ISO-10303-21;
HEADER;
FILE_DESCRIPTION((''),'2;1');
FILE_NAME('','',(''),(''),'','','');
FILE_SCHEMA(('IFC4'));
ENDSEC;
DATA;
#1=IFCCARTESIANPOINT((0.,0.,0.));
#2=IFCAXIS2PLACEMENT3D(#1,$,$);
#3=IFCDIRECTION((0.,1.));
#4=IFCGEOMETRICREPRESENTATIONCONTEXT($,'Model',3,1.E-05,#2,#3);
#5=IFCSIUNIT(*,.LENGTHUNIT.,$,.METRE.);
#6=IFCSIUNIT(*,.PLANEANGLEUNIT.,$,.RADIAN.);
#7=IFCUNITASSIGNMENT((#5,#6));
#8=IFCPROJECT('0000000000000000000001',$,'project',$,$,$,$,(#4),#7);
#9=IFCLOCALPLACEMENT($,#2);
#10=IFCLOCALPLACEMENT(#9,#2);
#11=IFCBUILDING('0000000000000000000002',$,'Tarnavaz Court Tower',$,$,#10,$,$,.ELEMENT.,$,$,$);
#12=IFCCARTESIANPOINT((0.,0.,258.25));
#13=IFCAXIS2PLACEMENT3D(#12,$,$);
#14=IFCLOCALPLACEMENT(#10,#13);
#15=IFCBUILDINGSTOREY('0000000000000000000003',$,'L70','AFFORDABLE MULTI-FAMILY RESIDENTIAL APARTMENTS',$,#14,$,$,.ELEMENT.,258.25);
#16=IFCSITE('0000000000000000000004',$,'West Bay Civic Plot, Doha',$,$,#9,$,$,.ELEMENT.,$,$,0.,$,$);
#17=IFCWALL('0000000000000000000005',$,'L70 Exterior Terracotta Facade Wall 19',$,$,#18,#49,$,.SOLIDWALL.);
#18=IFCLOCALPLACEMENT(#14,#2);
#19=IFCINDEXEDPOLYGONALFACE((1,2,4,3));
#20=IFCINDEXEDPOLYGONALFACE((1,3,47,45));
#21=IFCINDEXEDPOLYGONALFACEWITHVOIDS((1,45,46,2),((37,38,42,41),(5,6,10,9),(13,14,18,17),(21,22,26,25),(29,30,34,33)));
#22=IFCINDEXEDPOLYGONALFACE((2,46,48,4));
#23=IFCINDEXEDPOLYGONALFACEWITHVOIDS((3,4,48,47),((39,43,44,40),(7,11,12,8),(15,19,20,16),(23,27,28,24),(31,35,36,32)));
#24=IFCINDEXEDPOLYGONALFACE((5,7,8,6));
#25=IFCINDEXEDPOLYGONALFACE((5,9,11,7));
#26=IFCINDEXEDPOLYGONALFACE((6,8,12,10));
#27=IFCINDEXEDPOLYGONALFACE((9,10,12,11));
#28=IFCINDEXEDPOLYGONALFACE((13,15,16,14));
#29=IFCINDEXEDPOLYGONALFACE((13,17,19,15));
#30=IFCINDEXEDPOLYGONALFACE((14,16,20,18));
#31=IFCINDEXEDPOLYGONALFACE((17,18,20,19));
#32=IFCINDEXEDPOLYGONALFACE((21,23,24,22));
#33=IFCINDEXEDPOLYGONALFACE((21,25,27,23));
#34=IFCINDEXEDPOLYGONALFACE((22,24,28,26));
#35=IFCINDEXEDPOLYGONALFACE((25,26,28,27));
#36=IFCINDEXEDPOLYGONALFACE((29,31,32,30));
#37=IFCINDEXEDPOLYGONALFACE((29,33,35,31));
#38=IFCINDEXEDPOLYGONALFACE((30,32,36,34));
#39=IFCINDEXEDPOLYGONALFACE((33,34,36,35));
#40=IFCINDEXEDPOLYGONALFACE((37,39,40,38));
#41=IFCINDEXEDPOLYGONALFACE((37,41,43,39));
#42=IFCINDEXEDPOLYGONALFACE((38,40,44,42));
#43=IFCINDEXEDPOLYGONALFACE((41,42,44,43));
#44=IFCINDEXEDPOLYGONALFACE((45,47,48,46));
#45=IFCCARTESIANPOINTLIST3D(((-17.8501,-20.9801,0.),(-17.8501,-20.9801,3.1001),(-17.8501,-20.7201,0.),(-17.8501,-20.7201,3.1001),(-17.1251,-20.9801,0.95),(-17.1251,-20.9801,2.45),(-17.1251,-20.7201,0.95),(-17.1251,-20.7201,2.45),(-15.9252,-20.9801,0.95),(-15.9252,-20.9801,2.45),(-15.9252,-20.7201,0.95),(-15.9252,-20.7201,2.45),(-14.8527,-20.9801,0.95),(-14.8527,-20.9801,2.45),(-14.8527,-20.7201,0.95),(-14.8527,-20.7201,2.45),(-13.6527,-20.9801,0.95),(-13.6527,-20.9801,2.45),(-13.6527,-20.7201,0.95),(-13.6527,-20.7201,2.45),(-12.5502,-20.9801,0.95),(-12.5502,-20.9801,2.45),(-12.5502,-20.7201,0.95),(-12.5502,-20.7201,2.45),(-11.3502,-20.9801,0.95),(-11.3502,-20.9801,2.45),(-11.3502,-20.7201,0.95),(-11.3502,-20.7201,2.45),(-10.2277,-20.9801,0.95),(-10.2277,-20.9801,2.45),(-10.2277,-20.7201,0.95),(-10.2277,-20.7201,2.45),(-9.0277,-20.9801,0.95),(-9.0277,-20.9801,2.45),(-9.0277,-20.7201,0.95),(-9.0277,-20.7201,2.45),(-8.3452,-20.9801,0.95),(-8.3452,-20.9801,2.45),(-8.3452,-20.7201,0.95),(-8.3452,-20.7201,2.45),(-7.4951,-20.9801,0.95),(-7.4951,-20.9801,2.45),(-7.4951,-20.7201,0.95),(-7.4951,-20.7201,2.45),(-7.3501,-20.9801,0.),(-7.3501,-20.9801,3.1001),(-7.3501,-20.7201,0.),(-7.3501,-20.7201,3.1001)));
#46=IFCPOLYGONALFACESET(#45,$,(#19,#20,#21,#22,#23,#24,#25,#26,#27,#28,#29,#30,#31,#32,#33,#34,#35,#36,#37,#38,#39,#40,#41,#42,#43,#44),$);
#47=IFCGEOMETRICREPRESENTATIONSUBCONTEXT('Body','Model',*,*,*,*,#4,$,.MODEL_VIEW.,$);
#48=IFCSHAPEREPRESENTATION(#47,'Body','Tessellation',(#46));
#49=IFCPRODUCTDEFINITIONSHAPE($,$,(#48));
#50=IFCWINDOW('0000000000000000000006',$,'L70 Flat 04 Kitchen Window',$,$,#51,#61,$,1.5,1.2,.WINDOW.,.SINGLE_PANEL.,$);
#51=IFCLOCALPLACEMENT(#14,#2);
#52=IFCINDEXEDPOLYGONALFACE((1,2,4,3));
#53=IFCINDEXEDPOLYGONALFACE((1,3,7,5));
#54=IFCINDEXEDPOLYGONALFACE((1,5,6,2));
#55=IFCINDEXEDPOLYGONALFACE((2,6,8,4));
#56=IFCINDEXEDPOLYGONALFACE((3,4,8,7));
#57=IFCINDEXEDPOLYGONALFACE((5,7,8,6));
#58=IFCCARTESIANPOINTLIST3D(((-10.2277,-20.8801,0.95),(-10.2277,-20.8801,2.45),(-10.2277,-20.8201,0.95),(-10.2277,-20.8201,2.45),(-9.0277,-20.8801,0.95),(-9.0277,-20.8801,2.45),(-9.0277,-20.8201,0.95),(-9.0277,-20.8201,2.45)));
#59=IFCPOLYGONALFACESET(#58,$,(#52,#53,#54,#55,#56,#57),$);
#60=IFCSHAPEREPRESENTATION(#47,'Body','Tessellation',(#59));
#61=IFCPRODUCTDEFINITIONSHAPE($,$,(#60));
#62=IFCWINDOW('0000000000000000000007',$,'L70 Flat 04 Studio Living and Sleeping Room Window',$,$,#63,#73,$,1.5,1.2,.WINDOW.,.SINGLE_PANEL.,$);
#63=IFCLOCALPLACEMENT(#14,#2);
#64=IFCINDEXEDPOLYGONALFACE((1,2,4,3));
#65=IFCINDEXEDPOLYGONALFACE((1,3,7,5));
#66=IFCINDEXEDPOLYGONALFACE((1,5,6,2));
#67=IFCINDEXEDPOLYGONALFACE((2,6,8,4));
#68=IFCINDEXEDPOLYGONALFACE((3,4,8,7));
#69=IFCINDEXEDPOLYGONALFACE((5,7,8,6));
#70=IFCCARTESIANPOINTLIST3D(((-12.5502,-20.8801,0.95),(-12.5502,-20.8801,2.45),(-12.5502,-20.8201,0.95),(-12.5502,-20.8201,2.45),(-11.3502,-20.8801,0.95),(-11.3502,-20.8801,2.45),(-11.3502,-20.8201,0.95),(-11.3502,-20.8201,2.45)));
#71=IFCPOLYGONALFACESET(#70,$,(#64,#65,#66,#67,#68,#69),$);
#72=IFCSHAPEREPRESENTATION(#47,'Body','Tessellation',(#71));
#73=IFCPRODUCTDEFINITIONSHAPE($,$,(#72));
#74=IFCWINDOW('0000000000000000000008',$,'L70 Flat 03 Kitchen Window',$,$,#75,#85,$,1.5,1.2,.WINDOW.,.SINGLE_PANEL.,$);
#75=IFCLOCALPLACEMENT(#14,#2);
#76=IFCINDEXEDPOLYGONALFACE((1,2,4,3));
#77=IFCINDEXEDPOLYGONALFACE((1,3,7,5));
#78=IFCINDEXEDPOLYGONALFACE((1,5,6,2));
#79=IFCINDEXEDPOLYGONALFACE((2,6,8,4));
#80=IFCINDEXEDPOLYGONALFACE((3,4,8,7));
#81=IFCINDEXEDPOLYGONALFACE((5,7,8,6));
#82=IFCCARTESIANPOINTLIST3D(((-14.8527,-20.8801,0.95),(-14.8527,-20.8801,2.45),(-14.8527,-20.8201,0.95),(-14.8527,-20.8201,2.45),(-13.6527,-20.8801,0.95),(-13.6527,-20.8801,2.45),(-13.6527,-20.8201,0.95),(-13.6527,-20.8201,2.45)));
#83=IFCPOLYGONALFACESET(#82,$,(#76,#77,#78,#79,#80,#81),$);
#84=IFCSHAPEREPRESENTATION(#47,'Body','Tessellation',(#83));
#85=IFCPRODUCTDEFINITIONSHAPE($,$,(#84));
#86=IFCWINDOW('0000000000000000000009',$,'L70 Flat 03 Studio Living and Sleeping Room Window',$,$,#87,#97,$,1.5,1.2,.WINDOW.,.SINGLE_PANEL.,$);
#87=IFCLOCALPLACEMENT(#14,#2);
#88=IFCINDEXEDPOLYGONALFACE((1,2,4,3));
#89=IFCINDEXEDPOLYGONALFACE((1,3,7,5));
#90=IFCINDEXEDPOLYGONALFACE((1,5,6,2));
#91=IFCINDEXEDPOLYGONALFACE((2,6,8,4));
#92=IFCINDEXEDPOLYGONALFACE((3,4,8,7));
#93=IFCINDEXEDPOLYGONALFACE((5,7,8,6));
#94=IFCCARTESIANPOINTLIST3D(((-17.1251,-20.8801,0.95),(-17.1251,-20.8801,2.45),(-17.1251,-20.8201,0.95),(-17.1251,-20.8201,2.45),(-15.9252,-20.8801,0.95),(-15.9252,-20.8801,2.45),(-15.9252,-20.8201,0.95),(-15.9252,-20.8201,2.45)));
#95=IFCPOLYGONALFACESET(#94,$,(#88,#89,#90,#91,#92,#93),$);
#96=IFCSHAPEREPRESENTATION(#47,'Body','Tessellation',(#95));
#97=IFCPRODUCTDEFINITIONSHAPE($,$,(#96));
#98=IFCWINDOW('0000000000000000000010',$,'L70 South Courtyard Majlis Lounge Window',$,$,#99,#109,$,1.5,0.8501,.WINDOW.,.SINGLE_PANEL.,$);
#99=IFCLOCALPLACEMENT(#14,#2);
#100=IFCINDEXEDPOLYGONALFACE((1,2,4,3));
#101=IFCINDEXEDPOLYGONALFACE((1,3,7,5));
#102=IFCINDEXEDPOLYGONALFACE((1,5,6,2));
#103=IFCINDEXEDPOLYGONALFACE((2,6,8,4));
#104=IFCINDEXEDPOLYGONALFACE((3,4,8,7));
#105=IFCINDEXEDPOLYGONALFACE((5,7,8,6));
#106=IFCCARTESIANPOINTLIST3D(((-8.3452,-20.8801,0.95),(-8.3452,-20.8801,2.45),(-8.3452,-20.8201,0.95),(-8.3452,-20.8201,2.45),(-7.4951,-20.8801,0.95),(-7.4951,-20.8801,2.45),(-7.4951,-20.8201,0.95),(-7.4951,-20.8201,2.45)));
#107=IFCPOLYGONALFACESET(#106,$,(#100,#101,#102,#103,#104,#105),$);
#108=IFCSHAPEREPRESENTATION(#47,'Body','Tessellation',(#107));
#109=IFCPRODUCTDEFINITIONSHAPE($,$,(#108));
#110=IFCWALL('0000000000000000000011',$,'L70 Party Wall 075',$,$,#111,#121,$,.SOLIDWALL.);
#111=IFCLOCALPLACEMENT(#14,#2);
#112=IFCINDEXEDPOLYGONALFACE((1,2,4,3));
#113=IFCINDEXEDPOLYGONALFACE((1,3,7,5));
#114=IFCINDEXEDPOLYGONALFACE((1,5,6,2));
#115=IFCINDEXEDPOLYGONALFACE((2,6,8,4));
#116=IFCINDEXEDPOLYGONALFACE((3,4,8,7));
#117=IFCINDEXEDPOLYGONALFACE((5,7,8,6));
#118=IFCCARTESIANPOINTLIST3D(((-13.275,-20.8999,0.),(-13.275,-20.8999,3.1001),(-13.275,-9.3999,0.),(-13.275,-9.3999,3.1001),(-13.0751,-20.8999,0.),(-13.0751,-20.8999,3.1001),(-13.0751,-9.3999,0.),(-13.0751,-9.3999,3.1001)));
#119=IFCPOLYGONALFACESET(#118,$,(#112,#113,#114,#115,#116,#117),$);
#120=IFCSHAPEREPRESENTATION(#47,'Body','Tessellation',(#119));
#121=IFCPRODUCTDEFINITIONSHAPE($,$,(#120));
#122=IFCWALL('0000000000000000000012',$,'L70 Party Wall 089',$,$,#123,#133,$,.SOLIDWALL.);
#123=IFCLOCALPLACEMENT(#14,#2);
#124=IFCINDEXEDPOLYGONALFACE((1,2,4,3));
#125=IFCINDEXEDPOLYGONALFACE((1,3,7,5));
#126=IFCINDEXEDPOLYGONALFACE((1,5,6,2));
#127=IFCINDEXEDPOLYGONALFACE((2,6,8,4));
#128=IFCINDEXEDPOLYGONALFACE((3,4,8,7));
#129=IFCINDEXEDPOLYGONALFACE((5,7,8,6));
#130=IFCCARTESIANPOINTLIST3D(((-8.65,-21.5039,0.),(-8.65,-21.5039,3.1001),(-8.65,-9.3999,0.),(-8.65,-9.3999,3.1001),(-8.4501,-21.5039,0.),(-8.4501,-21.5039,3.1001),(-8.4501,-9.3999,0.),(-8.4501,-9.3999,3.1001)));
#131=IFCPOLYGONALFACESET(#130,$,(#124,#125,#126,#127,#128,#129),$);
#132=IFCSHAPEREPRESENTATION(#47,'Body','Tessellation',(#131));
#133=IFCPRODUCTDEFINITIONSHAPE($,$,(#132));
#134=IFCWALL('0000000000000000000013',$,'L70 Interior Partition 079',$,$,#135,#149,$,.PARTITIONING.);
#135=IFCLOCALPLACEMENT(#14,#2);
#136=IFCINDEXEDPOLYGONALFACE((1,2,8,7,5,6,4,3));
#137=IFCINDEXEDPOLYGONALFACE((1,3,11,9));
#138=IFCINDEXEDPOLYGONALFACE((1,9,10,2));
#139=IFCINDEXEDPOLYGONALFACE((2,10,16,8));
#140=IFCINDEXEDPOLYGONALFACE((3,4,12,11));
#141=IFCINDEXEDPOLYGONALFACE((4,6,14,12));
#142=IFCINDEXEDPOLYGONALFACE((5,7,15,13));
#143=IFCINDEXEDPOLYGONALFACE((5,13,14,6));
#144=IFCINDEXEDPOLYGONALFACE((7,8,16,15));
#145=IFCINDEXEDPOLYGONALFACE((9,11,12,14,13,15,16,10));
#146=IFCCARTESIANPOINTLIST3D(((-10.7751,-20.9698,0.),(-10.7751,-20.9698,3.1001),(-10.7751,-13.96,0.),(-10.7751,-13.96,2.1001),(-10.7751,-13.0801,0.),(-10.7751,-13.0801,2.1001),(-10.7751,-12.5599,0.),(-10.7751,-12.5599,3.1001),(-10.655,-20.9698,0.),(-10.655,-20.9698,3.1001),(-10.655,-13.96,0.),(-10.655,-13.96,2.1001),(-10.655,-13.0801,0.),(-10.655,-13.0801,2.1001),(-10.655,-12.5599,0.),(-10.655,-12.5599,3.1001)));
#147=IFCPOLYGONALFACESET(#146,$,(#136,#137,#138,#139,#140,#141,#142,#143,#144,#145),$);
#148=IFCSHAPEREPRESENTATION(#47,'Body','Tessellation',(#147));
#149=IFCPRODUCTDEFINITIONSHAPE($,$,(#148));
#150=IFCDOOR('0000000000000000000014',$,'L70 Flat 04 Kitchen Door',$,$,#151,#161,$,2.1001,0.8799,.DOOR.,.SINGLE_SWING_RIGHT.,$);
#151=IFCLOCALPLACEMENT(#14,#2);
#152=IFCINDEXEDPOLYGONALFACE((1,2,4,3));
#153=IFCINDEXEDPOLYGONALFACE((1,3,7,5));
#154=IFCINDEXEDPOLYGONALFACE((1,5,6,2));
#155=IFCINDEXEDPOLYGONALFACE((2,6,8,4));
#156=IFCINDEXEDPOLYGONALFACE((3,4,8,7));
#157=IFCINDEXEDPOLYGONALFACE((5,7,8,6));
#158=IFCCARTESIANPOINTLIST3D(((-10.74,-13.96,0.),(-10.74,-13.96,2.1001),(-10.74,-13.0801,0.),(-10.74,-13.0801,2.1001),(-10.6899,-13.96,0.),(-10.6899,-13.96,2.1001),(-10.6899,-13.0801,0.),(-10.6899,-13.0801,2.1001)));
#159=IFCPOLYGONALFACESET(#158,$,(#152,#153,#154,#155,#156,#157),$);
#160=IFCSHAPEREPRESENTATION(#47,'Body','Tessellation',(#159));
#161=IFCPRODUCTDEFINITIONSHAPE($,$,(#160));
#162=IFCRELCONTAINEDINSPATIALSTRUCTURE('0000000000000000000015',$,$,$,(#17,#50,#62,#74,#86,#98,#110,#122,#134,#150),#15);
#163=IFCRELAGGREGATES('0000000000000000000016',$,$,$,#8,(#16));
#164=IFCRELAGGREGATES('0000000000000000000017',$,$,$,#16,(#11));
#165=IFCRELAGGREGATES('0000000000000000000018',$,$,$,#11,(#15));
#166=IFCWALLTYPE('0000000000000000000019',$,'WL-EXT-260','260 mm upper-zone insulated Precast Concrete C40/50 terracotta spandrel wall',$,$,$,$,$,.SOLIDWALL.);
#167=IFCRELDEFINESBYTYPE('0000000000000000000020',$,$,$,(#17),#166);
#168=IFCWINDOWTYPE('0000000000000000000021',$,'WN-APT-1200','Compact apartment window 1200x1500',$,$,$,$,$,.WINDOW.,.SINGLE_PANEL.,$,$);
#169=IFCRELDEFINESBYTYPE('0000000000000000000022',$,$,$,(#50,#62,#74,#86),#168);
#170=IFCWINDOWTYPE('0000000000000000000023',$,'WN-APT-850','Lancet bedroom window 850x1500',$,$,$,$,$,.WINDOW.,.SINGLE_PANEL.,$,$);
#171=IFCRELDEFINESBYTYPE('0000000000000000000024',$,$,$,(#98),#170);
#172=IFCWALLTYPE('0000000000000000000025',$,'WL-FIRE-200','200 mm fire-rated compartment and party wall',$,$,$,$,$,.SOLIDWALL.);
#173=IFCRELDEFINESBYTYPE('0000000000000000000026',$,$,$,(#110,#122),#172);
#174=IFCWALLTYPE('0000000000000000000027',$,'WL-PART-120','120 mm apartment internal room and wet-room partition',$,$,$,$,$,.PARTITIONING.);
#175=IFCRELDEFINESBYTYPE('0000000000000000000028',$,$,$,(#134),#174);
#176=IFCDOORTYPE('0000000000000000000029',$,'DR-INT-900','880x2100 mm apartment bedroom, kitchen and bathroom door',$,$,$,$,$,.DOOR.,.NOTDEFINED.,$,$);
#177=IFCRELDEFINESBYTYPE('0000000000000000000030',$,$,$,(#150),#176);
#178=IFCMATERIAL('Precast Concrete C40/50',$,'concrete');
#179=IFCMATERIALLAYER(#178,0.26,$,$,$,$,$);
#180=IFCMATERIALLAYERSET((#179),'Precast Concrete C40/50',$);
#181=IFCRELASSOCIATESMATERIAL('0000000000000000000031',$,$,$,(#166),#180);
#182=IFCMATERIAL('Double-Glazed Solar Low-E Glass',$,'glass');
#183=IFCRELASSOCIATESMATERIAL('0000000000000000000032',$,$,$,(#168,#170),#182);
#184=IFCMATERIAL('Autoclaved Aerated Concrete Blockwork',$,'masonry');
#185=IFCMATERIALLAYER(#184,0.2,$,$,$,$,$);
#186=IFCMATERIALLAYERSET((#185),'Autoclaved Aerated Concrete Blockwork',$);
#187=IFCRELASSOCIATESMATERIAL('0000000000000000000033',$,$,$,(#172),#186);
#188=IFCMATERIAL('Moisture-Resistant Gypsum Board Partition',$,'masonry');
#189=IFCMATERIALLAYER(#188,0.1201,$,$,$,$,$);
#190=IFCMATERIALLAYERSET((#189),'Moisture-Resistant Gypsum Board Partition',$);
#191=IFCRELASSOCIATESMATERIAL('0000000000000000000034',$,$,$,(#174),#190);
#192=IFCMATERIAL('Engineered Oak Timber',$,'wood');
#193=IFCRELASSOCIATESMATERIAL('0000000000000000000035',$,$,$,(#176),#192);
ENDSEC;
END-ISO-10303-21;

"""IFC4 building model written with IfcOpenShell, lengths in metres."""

from ifc_helpers import new_model, si_unit, direction, frame, frame_2d, origin, place, context, subcontext, project, spatial, rectangle, extrude, material, layer, layer_set, type_object, element, fill, save


model = new_model("IFC4")

# Units and contexts
model_context = context("Model", 3, precision=1e-05, world=origin(), true_north=direction((0.0, 1.0)))
body_context = subcontext(model_context, "Body", "Model", "MODEL_VIEW")
ifc_project = project(units=[si_unit("LENGTHUNIT", "METRE"), si_unit("PLANEANGLEUNIT", "RADIAN")], contexts=[model_context])

# Site, building, storey
site_placement = place(None, origin())
site = spatial("IfcSite", under=ifc_project, at=site_placement, Name="West Bay Civic Plot, Doha", CompositionType="ELEMENT", RefElevation=0.0)
building_placement = place(site_placement, origin())
building = spatial("IfcBuilding", under=site, at=building_placement, Name="Tarnavaz Court Tower", CompositionType="ELEMENT")
storey_placement = place(building_placement, frame((0.0, 0.0, 258.25)))
storey = spatial("IfcBuildingStorey", under=building, at=storey_placement, Name="L70", Description="AFFORDABLE MULTI-FAMILY RESIDENTIAL APARTMENTS", CompositionType="ELEMENT", Elevation=258.25)

# Shared definitions
ifc_material_1 = material(Name="Double-Glazed Solar Low-E Glass", Category="glass")

# Shared definitions
ifc_material_2 = material(Name="Precast Concrete C40/50", Category="concrete")
ifc_layer_1 = layer(ifc_material_2, 0.26)
ifc_layer_set_1 = layer_set([ifc_layer_1], Name="Precast Concrete C40/50")
wall_type_1 = type_object("IfcWallType", Name="WL-EXT-260", Description="260 mm upper-zone insulated Precast Concrete C40/50 terracotta spandrel wall", PredefinedType="SOLIDWALL", material=ifc_layer_set_1)
window_type_1 = type_object("IfcWindowType", Name="WN-APT-1200", Description="Compact apartment window 1200x1500", PartitioningType="SINGLE_PANEL", PredefinedType="WINDOW", material=ifc_material_1)

# Wall, openings, windows
wall_1_placement = place(storey_placement, frame((-7.3501, -20.8501, 0.0), z_axis=(0.0, 0.0, 1.0), x_axis=(-1.0, 0.0, 0.0)))
wall_1 = element("IfcWall", 1, at=wall_1_placement, inside=storey, type_object=wall_type_1, Name="L70 Exterior Terracotta Facade Wall 19", PredefinedType="SOLIDWALL", context=body_context, shape_type="SweptSolid", body=[
    extrude(rectangle(XDim=10.5, YDim=0.26, at=frame_2d((5.25, 0.0))), origin(), (0.0, 0.0, 1.0), 3.1001),
])
opening_1_placement = place(wall_1_placement, frame((0.145, 0.0, 0.95)))
opening_1 = element("IfcOpeningElement", 2, at=opening_1_placement, cuts=wall_1, PredefinedType="OPENING", context=body_context, shape_type="SweptSolid", body=[
    extrude(rectangle(XDim=0.8501, YDim=1.5, at=frame_2d((0.425, 0.75))), frame((0.0, 0.1399, 0.0), z_axis=(0.0, -1.0, 0.0), x_axis=(1.0, 0.0, 0.0)), (0.0, 0.0, 1.0), 0.28),
])
opening_2_placement = place(wall_1_placement, frame((1.6775, 0.0, 0.95)))
opening_2 = element("IfcOpeningElement", 3, at=opening_2_placement, cuts=wall_1, PredefinedType="OPENING", context=body_context, shape_type="SweptSolid", body=[
    extrude(rectangle(XDim=1.2, YDim=1.5, at=frame_2d((0.6001, 0.75))), frame((0.0, 0.1399, 0.0), z_axis=(0.0, -1.0, 0.0), x_axis=(1.0, 0.0, 0.0)), (0.0, 0.0, 1.0), 0.28),
])
opening_3_placement = place(wall_1_placement, frame((4.0, 0.0, 0.95)))
opening_3 = element("IfcOpeningElement", 4, at=opening_3_placement, cuts=wall_1, PredefinedType="OPENING", context=body_context, shape_type="SweptSolid", body=[
    extrude(rectangle(XDim=1.2, YDim=1.5, at=frame_2d((0.6001, 0.75))), frame((0.0, 0.1399, 0.0), z_axis=(0.0, -1.0, 0.0), x_axis=(1.0, 0.0, 0.0)), (0.0, 0.0, 1.0), 0.28),
])
opening_4_placement = place(wall_1_placement, frame((6.3025, 0.0, 0.95)))
opening_4 = element("IfcOpeningElement", 5, at=opening_4_placement, cuts=wall_1, PredefinedType="OPENING", context=body_context, shape_type="SweptSolid", body=[
    extrude(rectangle(XDim=1.2, YDim=1.5, at=frame_2d((0.6001, 0.75))), frame((0.0, 0.1399, 0.0), z_axis=(0.0, -1.0, 0.0), x_axis=(1.0, 0.0, 0.0)), (0.0, 0.0, 1.0), 0.28),
])
opening_5_placement = place(wall_1_placement, frame((8.575, 0.0, 0.95)))
opening_5 = element("IfcOpeningElement", 6, at=opening_5_placement, cuts=wall_1, PredefinedType="OPENING", context=body_context, shape_type="SweptSolid", body=[
    extrude(rectangle(XDim=1.2, YDim=1.5, at=frame_2d((0.6001, 0.75))), frame((0.0, 0.1399, 0.0), z_axis=(0.0, -1.0, 0.0), x_axis=(1.0, 0.0, 0.0)), (0.0, 0.0, 1.0), 0.28),
])
window_1_placement = place(opening_2_placement, origin())
window_1 = element("IfcWindow", 7, at=window_1_placement, inside=storey, type_object=window_type_1, Name="L70 Flat 04 Kitchen Window", OverallHeight=1.5, OverallWidth=1.2, PartitioningType="SINGLE_PANEL", PredefinedType="WINDOW", context=body_context, shape_type="SweptSolid", body=[
    extrude(rectangle(XDim=1.2, YDim=1.5, at=frame_2d((0.6001, 0.75))), frame((0.0, 0.03, 0.0), z_axis=(0.0, -1.0, 0.0), x_axis=(1.0, 0.0, 0.0)), (0.0, 0.0, 1.0), 0.0601),
])
fill(opening_2, window_1)
window_2_placement = place(opening_3_placement, origin())
window_2 = element("IfcWindow", 8, at=window_2_placement, inside=storey, type_object=window_type_1, Name="L70 Flat 04 Studio Living and Sleeping Room Window", OverallHeight=1.5, OverallWidth=1.2, PartitioningType="SINGLE_PANEL", PredefinedType="WINDOW", context=body_context, shape_type="SweptSolid", body=[
    extrude(rectangle(XDim=1.2, YDim=1.5, at=frame_2d((0.6001, 0.75))), frame((0.0, 0.03, 0.0), z_axis=(0.0, -1.0, 0.0), x_axis=(1.0, 0.0, 0.0)), (0.0, 0.0, 1.0), 0.0601),
])
fill(opening_3, window_2)
window_3_placement = place(opening_4_placement, origin())
window_3 = element("IfcWindow", 9, at=window_3_placement, inside=storey, type_object=window_type_1, Name="L70 Flat 03 Kitchen Window", OverallHeight=1.5, OverallWidth=1.2, PartitioningType="SINGLE_PANEL", PredefinedType="WINDOW", context=body_context, shape_type="SweptSolid", body=[
    extrude(rectangle(XDim=1.2, YDim=1.5, at=frame_2d((0.6001, 0.75))), frame((0.0, 0.03, 0.0), z_axis=(0.0, -1.0, 0.0), x_axis=(1.0, 0.0, 0.0)), (0.0, 0.0, 1.0), 0.0601),
])
fill(opening_4, window_3)
window_4_placement = place(opening_5_placement, origin())
window_4 = element("IfcWindow", 10, at=window_4_placement, inside=storey, type_object=window_type_1, Name="L70 Flat 03 Studio Living and Sleeping Room Window", OverallHeight=1.5, OverallWidth=1.2, PartitioningType="SINGLE_PANEL", PredefinedType="WINDOW", context=body_context, shape_type="SweptSolid", body=[
    extrude(rectangle(XDim=1.2, YDim=1.5, at=frame_2d((0.6001, 0.75))), frame((0.0, 0.03, 0.0), z_axis=(0.0, -1.0, 0.0), x_axis=(1.0, 0.0, 0.0)), (0.0, 0.0, 1.0), 0.0601),
])
fill(opening_5, window_4)
window_type_2 = type_object("IfcWindowType", Name="WN-APT-850", Description="Lancet bedroom window 850x1500", PartitioningType="SINGLE_PANEL", PredefinedType="WINDOW", material=ifc_material_1)
window_5_placement = place(opening_1_placement, origin())
window_5 = element("IfcWindow", 11, at=window_5_placement, inside=storey, type_object=window_type_2, Name="L70 South Courtyard Majlis Lounge Window", OverallHeight=1.5, OverallWidth=0.8501, PartitioningType="SINGLE_PANEL", PredefinedType="WINDOW", context=body_context, shape_type="SweptSolid", body=[
    extrude(rectangle(XDim=0.8501, YDim=1.5, at=frame_2d((0.425, 0.75))), frame((0.0, 0.03, 0.0), z_axis=(0.0, -1.0, 0.0), x_axis=(1.0, 0.0, 0.0)), (0.0, 0.0, 1.0), 0.0601),
])
fill(opening_1, window_5)

# Walls
ifc_material_3 = material(Name="Autoclaved Aerated Concrete Blockwork", Category="masonry")
ifc_layer_2 = layer(ifc_material_3, 0.2)
ifc_layer_set_2 = layer_set([ifc_layer_2], Name="Autoclaved Aerated Concrete Blockwork")
wall_type_2 = type_object("IfcWallType", Name="WL-FIRE-200", Description="200 mm fire-rated compartment and party wall", PredefinedType="SOLIDWALL", material=ifc_layer_set_2)
wall_2_placement = place(storey_placement, frame((-13.175, -20.8999, 0.0), z_axis=(0.0, 0.0, 1.0), x_axis=(0.0, 1.0, 0.0)))
element("IfcWall", 12, at=wall_2_placement, inside=storey, type_object=wall_type_2, Name="L70 Party Wall 075", PredefinedType="SOLIDWALL", context=body_context, shape_type="SweptSolid", body=[
    extrude(rectangle(XDim=11.5, YDim=0.2, at=frame_2d((5.75, 0.0))), origin(), (0.0, 0.0, 1.0), 3.1001),
])
wall_3_placement = place(storey_placement, frame((-8.55, -21.5039, 0.0), z_axis=(0.0, 0.0, 1.0), x_axis=(0.0, 1.0, 0.0)))
element("IfcWall", 13, at=wall_3_placement, inside=storey, type_object=wall_type_2, Name="L70 Party Wall 089", PredefinedType="SOLIDWALL", context=body_context, shape_type="SweptSolid", body=[
    extrude(rectangle(XDim=12.104, YDim=0.2, at=frame_2d((6.052, 0.0))), origin(), (0.0, 0.0, 1.0), 3.1001),
])

# Wall, opening, door
ifc_material_4 = material(Name="Moisture-Resistant Gypsum Board Partition", Category="masonry")
ifc_layer_3 = layer(ifc_material_4, 0.1201)
ifc_layer_set_3 = layer_set([ifc_layer_3], Name="Moisture-Resistant Gypsum Board Partition")
wall_type_3 = type_object("IfcWallType", Name="WL-PART-120", Description="120 mm apartment internal room and wet-room partition", PredefinedType="PARTITIONING", material=ifc_layer_set_3)
wall_4_placement = place(storey_placement, frame((-10.7151, -20.97, 0.0), z_axis=(0.0, 0.0, 1.0), x_axis=(0.0, 1.0, 0.0)))
wall_4 = element("IfcWall", 14, at=wall_4_placement, inside=storey, type_object=wall_type_3, Name="L70 Interior Partition 079", PredefinedType="PARTITIONING", context=body_context, shape_type="SweptSolid", body=[
    extrude(rectangle(XDim=8.4099, YDim=0.1201, at=frame_2d((4.2051, 0.0))), origin(), (0.0, 0.0, 1.0), 3.1001),
])
opening_6_placement = place(wall_4_placement, frame((7.01, 0.0, 0.0)))
opening_6 = element("IfcOpeningElement", 15, at=opening_6_placement, cuts=wall_4, PredefinedType="OPENING", context=body_context, shape_type="SweptSolid", body=[
    extrude(rectangle(XDim=0.8799, YDim=2.1001, at=frame_2d((0.4399, 1.05))), frame((0.0, 0.0701, 0.0), z_axis=(0.0, -1.0, 0.0), x_axis=(1.0, 0.0, 0.0)), (0.0, 0.0, 1.0), 0.1401),
])
ifc_material_5 = material(Name="Engineered Oak Timber", Category="wood")
door_type = type_object("IfcDoorType", Name="DR-INT-900", Description="880x2100 mm apartment bedroom, kitchen and bathroom door", OperationType="NOTDEFINED", PredefinedType="DOOR", material=ifc_material_5)
door_1_placement = place(opening_6_placement, origin())
door_1 = element("IfcDoor", 16, at=door_1_placement, inside=storey, type_object=door_type, Name="L70 Flat 04 Kitchen Door", OperationType="SINGLE_SWING_RIGHT", OverallHeight=2.1001, OverallWidth=0.8799, PredefinedType="DOOR", context=body_context, shape_type="SweptSolid", body=[
    extrude(rectangle(XDim=0.8799, YDim=2.1001, at=frame_2d((0.4399, 1.05))), frame((0.0, 0.0249, 0.0), z_axis=(0.0, -1.0, 0.0), x_axis=(1.0, 0.0, 0.0)), (0.0, 0.0, 1.0), 0.05),
])
fill(opening_6, door_1)

save(model, "model.ifc")
